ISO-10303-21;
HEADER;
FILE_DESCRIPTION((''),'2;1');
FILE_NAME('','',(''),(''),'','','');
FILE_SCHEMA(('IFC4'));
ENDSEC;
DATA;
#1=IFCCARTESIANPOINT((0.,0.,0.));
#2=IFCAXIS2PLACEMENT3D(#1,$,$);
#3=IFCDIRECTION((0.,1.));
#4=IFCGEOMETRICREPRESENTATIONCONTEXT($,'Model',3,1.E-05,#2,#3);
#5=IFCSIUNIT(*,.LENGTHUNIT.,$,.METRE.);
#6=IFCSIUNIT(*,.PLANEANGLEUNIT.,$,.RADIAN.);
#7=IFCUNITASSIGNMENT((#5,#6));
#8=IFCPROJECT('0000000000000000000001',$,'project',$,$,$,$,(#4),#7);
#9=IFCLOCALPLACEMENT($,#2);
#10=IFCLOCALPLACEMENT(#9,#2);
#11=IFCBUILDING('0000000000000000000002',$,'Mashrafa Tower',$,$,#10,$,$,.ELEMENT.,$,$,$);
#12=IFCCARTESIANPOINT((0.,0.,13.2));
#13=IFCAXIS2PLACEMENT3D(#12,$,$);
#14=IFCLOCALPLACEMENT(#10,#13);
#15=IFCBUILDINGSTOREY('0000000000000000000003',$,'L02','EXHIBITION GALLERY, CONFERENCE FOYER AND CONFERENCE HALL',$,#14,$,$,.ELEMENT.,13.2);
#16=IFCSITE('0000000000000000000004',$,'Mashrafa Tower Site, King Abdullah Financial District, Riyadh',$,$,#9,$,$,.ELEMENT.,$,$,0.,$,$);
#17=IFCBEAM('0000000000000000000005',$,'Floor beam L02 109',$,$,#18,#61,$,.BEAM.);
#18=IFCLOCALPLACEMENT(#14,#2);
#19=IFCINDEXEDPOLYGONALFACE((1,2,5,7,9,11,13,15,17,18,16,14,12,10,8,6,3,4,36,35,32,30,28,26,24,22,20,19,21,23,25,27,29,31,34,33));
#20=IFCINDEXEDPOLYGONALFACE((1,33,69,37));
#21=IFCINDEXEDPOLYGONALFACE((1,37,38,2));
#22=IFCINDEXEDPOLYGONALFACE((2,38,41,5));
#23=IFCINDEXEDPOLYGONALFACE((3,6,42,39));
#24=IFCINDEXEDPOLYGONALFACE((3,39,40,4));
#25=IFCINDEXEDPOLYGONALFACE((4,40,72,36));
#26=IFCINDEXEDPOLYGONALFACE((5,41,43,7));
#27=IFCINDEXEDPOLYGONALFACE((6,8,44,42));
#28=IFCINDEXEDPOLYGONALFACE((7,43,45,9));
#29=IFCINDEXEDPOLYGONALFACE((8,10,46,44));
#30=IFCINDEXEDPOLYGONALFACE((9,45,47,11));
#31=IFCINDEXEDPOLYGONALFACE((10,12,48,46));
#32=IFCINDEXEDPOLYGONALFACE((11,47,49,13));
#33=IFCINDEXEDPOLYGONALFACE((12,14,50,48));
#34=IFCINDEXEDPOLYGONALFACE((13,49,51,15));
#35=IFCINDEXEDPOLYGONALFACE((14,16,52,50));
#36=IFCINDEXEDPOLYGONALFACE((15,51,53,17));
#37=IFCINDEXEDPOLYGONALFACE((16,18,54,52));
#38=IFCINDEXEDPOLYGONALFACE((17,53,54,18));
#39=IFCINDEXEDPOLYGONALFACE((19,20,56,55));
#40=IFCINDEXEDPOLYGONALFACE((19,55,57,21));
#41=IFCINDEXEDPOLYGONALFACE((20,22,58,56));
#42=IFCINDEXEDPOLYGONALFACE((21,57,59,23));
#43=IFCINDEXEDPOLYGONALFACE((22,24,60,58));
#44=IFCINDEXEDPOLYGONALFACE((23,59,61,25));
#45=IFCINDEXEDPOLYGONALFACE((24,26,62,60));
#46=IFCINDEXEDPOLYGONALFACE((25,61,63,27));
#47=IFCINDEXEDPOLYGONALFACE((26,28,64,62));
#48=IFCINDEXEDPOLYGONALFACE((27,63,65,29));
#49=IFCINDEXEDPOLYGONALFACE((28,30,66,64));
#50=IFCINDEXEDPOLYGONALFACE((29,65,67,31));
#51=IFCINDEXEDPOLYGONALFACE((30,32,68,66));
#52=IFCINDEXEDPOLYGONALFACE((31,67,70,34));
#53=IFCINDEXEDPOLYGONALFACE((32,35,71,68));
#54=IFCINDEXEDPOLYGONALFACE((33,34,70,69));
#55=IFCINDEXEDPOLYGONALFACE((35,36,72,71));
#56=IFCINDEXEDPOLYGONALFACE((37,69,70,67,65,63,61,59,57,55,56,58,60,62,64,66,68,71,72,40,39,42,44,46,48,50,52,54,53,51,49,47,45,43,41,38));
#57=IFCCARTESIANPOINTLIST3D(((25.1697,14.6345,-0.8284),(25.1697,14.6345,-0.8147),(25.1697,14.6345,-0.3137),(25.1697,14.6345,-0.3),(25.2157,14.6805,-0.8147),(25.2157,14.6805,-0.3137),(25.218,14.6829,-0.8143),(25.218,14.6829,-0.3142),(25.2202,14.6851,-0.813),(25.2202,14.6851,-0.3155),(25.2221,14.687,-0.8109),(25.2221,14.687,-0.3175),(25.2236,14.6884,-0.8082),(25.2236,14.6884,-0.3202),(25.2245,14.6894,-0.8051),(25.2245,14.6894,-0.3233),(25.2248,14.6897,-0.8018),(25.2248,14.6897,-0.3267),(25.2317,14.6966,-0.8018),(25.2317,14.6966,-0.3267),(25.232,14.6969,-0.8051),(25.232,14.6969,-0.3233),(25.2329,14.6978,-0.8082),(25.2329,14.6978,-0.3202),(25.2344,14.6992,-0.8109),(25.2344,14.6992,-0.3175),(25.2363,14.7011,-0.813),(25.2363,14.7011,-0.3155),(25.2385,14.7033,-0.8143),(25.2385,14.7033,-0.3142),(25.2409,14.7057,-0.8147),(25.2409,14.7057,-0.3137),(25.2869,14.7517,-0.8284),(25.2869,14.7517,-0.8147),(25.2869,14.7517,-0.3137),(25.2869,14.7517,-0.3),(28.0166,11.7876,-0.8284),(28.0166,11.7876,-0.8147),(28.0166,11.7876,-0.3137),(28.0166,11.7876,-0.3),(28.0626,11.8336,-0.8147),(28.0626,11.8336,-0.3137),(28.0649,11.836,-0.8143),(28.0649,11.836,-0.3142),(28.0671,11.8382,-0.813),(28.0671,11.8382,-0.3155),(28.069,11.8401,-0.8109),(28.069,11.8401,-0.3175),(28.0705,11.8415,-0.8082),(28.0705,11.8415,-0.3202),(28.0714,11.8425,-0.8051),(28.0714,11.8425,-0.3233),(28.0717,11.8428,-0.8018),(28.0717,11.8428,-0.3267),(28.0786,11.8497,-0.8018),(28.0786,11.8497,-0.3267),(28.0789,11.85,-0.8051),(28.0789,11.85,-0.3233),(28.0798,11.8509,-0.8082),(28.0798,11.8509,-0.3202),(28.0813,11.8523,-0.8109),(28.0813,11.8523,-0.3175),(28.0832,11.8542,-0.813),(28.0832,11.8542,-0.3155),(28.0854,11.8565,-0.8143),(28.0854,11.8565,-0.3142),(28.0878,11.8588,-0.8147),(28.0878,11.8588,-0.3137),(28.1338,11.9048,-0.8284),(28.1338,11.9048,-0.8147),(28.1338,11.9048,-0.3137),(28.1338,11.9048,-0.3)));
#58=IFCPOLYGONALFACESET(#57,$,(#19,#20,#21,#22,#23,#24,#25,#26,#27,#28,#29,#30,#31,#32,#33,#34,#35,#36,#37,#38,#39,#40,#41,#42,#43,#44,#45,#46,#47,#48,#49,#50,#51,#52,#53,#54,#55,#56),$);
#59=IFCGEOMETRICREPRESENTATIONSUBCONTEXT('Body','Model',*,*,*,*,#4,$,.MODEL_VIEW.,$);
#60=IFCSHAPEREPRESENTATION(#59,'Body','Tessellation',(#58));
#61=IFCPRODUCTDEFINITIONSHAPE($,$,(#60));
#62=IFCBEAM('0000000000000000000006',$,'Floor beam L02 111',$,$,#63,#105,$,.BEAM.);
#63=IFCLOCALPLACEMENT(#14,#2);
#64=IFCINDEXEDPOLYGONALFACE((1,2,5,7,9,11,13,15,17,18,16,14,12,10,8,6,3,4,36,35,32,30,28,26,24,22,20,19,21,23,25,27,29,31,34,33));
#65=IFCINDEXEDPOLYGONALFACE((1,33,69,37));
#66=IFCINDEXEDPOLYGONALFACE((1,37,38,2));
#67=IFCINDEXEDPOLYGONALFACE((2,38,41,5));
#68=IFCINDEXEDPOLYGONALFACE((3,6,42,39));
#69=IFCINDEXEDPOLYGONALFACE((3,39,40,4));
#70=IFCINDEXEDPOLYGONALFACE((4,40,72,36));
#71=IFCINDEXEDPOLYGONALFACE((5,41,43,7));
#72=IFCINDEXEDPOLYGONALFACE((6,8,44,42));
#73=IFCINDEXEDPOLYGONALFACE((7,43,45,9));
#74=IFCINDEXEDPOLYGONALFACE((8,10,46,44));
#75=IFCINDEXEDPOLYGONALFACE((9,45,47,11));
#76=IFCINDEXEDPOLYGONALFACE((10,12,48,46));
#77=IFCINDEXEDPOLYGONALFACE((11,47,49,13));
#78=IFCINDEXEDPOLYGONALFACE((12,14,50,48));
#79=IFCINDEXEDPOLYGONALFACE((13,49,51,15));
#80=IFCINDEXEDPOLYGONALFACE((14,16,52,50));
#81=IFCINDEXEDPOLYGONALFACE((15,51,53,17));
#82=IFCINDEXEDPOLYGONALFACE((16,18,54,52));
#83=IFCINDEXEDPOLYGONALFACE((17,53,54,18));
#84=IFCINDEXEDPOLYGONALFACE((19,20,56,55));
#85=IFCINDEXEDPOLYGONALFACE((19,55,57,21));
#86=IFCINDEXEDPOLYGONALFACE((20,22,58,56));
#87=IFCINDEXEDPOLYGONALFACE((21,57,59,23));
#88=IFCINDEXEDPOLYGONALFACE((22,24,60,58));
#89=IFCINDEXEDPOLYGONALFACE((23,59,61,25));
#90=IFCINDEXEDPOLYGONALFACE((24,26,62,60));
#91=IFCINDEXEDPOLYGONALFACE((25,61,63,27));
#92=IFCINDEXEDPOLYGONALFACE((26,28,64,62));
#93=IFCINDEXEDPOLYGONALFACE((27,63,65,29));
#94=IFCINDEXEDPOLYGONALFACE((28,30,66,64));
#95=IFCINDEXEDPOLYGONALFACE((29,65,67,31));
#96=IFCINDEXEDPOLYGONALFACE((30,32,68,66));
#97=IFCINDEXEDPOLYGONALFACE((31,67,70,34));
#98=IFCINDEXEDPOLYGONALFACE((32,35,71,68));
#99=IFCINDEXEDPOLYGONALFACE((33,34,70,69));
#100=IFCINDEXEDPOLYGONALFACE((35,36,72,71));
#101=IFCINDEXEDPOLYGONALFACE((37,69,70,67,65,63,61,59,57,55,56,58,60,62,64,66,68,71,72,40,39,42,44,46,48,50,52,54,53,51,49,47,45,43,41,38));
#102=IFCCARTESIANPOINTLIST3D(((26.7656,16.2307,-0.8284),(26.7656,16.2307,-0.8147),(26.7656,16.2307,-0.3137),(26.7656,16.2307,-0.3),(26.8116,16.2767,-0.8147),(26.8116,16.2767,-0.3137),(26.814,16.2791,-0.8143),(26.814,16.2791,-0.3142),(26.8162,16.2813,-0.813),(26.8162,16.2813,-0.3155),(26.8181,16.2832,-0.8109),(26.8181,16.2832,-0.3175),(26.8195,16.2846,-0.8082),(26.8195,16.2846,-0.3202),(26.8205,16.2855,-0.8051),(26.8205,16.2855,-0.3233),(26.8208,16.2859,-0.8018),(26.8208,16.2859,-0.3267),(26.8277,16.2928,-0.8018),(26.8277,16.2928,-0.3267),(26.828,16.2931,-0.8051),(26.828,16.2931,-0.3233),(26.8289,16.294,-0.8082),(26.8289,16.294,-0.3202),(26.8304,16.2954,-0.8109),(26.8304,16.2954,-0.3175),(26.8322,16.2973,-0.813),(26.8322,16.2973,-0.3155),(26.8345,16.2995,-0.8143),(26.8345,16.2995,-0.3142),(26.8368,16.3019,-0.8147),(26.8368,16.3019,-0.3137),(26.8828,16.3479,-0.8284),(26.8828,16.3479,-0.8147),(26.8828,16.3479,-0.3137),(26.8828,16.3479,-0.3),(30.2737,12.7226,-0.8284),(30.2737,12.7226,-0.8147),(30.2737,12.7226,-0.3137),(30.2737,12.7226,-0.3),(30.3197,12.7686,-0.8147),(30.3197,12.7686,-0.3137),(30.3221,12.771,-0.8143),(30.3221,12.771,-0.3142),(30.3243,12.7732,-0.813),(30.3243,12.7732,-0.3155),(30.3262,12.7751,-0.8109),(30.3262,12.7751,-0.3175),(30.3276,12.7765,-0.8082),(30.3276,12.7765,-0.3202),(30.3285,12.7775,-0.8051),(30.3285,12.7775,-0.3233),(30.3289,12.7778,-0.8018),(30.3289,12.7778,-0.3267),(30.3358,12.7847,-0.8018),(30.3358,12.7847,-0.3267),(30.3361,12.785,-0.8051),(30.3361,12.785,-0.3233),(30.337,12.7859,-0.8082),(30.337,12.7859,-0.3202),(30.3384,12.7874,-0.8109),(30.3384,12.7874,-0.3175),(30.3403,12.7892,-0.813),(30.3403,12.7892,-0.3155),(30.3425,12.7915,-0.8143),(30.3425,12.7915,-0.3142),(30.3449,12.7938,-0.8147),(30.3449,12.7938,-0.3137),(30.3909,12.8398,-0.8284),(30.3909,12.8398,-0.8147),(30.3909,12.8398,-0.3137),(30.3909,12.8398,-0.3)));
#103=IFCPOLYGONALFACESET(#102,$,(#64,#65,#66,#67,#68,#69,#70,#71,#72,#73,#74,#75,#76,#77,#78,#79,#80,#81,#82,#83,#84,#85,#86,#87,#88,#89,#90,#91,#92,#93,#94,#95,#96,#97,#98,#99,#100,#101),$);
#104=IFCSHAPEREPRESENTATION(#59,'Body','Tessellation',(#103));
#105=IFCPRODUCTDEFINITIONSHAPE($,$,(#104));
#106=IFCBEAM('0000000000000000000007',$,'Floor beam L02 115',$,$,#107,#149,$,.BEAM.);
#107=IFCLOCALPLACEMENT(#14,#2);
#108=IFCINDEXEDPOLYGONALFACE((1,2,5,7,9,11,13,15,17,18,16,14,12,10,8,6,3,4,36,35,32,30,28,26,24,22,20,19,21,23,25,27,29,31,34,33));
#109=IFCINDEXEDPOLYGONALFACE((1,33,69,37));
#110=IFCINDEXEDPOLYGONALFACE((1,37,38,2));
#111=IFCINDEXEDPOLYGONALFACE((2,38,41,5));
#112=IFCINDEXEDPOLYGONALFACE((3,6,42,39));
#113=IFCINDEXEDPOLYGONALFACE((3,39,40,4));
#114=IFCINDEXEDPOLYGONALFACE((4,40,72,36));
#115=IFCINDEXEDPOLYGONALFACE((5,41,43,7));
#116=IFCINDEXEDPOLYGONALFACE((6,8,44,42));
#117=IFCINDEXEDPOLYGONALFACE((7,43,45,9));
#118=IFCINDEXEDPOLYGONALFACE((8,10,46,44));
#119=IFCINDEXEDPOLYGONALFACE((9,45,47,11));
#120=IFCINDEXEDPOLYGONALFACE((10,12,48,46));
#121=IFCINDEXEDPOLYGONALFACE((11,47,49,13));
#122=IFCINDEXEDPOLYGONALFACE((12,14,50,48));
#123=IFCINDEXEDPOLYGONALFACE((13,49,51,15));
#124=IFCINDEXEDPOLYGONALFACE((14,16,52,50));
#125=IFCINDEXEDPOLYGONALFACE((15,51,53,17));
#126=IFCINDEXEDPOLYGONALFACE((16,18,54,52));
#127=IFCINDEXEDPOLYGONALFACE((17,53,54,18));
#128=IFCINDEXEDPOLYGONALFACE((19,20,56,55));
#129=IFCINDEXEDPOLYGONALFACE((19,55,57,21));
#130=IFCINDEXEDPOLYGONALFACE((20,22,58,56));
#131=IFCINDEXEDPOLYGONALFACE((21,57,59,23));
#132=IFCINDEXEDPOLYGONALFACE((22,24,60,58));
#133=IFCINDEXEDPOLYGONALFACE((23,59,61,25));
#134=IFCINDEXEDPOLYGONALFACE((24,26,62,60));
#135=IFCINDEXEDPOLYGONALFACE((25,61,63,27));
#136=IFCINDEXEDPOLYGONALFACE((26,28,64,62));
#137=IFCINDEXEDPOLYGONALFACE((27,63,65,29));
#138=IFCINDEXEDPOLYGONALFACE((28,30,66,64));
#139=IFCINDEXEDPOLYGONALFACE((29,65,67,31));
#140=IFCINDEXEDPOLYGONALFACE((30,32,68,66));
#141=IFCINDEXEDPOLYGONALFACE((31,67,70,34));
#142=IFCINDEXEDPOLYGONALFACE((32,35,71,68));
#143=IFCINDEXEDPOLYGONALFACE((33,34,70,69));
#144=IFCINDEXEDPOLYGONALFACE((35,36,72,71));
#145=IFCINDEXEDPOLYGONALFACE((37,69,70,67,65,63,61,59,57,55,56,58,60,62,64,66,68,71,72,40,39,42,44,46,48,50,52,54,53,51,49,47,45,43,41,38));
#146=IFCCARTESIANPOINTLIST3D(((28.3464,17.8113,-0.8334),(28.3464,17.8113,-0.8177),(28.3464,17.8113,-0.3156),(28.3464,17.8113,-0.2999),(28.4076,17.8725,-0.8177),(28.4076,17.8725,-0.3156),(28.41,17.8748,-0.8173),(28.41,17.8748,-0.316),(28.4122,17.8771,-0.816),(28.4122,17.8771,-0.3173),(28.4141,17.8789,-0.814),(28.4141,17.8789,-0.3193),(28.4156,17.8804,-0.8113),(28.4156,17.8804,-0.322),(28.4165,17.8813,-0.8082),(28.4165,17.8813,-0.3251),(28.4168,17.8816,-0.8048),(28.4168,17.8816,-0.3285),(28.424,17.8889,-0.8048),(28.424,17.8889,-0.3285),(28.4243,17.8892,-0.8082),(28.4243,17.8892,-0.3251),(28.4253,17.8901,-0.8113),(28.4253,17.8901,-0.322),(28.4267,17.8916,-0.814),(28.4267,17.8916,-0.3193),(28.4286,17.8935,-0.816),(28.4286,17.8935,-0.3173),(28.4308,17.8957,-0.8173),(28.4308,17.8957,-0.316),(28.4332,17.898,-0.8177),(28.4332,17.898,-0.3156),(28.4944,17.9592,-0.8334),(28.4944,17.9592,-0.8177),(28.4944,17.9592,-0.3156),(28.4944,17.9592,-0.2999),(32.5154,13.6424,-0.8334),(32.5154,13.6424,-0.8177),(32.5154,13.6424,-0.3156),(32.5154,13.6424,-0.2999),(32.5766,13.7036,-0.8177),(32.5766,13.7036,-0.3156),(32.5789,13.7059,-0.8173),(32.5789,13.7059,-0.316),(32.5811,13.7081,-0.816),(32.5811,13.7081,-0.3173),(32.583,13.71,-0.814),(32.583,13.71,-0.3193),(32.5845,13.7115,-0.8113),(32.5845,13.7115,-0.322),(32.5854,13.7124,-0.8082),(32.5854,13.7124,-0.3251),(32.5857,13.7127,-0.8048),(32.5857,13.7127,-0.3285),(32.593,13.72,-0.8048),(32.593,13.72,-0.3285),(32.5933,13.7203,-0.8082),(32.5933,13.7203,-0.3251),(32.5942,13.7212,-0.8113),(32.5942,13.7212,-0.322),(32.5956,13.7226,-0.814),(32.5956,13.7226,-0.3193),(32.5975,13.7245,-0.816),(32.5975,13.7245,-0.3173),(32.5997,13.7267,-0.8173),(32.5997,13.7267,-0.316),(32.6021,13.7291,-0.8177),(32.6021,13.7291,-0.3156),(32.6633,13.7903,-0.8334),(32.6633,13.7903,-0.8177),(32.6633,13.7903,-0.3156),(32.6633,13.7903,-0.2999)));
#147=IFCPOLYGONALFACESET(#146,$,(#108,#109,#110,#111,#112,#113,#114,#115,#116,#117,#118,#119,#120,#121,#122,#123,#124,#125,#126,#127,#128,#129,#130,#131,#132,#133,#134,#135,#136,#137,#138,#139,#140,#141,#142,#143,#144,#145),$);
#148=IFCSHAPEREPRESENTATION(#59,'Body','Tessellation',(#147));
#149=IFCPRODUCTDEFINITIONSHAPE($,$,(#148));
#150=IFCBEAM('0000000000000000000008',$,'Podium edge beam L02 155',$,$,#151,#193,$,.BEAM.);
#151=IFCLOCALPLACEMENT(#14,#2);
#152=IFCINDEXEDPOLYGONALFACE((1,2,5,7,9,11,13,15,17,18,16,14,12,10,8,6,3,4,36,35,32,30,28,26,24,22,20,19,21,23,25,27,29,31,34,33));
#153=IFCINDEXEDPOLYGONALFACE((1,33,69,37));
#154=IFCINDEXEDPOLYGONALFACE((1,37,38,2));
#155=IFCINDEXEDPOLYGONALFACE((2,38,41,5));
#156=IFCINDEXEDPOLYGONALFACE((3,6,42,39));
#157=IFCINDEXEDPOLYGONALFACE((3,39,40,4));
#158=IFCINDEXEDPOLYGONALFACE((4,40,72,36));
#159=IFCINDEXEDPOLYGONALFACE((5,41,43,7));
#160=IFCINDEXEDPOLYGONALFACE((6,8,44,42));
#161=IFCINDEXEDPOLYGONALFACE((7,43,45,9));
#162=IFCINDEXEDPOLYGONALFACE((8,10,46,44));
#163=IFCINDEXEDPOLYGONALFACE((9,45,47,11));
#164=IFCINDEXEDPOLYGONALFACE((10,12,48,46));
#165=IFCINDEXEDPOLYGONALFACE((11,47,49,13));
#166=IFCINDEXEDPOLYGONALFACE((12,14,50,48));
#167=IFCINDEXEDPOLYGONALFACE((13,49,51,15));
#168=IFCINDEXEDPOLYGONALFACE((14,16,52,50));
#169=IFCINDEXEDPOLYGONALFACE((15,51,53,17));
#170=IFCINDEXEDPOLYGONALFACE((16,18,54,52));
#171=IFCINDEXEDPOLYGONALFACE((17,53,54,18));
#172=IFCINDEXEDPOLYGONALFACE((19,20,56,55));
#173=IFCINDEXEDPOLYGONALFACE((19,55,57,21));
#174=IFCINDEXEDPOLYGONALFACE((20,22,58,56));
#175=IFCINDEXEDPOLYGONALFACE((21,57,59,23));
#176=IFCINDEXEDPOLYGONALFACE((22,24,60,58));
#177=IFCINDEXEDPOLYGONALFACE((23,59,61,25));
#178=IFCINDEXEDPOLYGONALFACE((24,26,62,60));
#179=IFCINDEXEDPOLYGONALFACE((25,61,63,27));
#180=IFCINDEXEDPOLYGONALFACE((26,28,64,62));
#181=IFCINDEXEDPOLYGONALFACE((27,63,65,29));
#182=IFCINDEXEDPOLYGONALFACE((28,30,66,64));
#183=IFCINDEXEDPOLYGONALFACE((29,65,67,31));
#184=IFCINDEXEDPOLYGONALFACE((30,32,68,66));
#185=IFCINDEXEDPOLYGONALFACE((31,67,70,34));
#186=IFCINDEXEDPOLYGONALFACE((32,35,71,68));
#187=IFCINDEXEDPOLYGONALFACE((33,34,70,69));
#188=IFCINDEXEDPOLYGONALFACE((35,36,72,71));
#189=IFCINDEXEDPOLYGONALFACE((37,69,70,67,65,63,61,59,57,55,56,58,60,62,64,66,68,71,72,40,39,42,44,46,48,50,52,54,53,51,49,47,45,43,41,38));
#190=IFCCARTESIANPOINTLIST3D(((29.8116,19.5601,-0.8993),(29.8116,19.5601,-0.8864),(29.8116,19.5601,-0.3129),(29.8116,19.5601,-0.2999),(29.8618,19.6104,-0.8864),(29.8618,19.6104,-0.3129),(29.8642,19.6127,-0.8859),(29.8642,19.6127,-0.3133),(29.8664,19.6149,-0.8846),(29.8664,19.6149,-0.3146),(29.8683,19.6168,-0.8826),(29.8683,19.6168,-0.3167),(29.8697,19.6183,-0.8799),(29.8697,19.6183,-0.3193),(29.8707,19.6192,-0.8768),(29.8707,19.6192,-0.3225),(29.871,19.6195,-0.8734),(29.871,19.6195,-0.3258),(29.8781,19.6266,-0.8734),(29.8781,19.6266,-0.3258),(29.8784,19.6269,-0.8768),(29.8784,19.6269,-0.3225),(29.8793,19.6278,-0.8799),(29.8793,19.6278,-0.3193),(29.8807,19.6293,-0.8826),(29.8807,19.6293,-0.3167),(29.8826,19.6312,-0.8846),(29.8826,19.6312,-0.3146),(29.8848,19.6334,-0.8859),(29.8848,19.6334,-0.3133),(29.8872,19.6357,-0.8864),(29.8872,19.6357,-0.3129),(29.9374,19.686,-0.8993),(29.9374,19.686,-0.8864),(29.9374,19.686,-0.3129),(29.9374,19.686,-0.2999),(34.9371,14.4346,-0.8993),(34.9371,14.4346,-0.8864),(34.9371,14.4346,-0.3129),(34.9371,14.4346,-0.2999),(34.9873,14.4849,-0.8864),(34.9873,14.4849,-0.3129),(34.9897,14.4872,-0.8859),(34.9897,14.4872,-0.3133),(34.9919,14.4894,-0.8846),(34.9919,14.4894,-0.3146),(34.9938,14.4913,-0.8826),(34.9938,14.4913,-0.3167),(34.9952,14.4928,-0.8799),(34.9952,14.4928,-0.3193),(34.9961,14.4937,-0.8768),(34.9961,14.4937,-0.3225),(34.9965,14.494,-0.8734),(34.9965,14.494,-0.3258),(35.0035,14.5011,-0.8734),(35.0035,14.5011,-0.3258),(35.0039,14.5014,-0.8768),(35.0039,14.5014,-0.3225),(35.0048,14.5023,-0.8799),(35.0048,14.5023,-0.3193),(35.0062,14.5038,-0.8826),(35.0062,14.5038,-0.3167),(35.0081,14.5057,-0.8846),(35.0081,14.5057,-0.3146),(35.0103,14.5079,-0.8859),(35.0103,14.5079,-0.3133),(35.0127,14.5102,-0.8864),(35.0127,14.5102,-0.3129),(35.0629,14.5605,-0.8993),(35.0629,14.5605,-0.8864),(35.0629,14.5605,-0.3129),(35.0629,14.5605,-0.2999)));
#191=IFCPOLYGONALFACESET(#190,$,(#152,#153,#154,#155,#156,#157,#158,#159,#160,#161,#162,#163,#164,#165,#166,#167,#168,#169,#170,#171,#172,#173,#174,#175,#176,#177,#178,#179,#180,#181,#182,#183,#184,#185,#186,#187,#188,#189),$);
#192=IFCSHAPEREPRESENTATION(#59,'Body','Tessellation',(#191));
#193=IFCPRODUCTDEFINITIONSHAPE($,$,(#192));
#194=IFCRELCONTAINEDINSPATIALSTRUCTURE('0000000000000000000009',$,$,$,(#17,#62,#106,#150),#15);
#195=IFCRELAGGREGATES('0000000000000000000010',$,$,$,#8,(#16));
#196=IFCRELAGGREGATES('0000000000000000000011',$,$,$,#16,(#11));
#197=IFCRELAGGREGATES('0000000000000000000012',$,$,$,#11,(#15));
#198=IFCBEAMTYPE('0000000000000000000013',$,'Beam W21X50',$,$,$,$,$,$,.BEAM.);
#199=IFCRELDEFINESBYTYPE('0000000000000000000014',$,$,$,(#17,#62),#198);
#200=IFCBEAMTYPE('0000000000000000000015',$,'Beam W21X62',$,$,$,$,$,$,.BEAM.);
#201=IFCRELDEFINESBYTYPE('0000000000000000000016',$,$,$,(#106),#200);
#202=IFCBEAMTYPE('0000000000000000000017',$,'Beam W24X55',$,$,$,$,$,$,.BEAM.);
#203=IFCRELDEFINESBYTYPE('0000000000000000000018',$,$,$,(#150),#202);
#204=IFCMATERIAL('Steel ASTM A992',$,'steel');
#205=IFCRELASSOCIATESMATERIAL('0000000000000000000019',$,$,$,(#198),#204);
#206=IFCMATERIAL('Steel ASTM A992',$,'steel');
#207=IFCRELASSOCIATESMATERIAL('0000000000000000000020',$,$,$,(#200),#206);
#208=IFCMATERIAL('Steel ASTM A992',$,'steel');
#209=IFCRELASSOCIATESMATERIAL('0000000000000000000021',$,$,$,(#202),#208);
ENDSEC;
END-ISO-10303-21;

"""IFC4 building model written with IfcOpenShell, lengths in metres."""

from ifc_helpers import new_model, si_unit, direction, frame, origin, origin_2d, place, context, subcontext, project, spatial, i_section, extrude, material, material_profile, profile_set, type_object, element, save


model = new_model("IFC4")

# Units and contexts
model_context = context("Model", 3, precision=1e-05, world=origin(), true_north=direction((0.0, 1.0)))
body_context = subcontext(model_context, "Body", "Model", "MODEL_VIEW")
ifc_project = project(units=[si_unit("LENGTHUNIT", "METRE"), si_unit("PLANEANGLEUNIT", "RADIAN")], contexts=[model_context])

# Site, building, storey
site_placement = place(None, origin())
site = spatial("IfcSite", under=ifc_project, at=site_placement, Name="Mashrafa Tower Site, King Abdullah Financial District, Riyadh", CompositionType="ELEMENT", RefElevation=0.0)
building_placement = place(site_placement, origin())
building = spatial("IfcBuilding", under=site, at=building_placement, Name="Mashrafa Tower", CompositionType="ELEMENT")
storey_placement = place(building_placement, frame((0.0, 0.0, 13.2)))
storey = spatial("IfcBuildingStorey", under=building, at=storey_placement, Name="L02", Description="EXHIBITION GALLERY, CONFERENCE FOYER AND CONFERENCE HALL", CompositionType="ELEMENT", Elevation=13.2)

# Beams
ifc_material_1 = material(Name="Steel ASTM A992", Category="steel")
ifc_material_profile_1 = material_profile(ifc_material_1, i_section(OverallWidth=0.1658, OverallDepth=0.5283, WebThickness=0.0098, FlangeThickness=0.0137, FilletRadius=0.0129, at=origin_2d()), Name="W21X50")
ifc_profile_set_1 = profile_set([ifc_material_profile_1], Name="Steel ASTM A992")
beam_type_1 = type_object("IfcBeamType", Name="Beam W21X50", PredefinedType="BEAM", material=ifc_profile_set_1)
beam_1_placement = place(storey_placement, frame((25.2283, 14.6931, -0.5642), z_axis=(0.707107, -0.707107, 0.0), x_axis=(0.707107, 0.707107, 0.0)))
element("IfcBeam", 1, at=beam_1_placement, inside=storey, type_object=beam_type_1, Name="Floor beam L02 109", PredefinedType="BEAM", context=body_context, shape_type="SweptSolid", body=[
    extrude(i_section(OverallWidth=0.1658, OverallDepth=0.5283, WebThickness=0.0098, FlangeThickness=0.0137, FilletRadius=0.0129, at=origin_2d()), origin(), (0.0, 0.0, 1.0), 4.0261),
])
beam_2_placement = place(storey_placement, frame((26.8242, 16.2893, -0.5642), z_axis=(0.707107, -0.707107, 0.0), x_axis=(0.707107, 0.707107, 0.0)))
element("IfcBeam", 2, at=beam_2_placement, inside=storey, type_object=beam_type_1, Name="Floor beam L02 111", PredefinedType="BEAM", context=body_context, shape_type="SweptSolid", body=[
    extrude(i_section(OverallWidth=0.1658, OverallDepth=0.5283, WebThickness=0.0098, FlangeThickness=0.0137, FilletRadius=0.0129, at=origin_2d()), origin(), (0.0, 0.0, 1.0), 4.9612),
])
ifc_material_2 = material(Name="Steel ASTM A992", Category="steel")
ifc_material_profile_2 = material_profile(ifc_material_2, i_section(OverallWidth=0.2092, OverallDepth=0.5334, WebThickness=0.0103, FlangeThickness=0.0156, FilletRadius=0.0129, at=origin_2d()), Name="W21X62")
ifc_profile_set_2 = profile_set([ifc_material_profile_2], Name="Steel ASTM A992")
beam_type_2 = type_object("IfcBeamType", Name="Beam W21X62", PredefinedType="BEAM", material=ifc_profile_set_2)
beam_3_placement = place(storey_placement, frame((28.4204, 17.8853, -0.5667), z_axis=(0.707107, -0.707107, 0.0), x_axis=(0.707107, 0.707107, 0.0)))
element("IfcBeam", 3, at=beam_3_placement, inside=storey, type_object=beam_type_2, Name="Floor beam L02 115", PredefinedType="BEAM", context=body_context, shape_type="SweptSolid", body=[
    extrude(i_section(OverallWidth=0.2092, OverallDepth=0.5334, WebThickness=0.0103, FlangeThickness=0.0156, FilletRadius=0.0129, at=origin_2d()), origin(), (0.0, 0.0, 1.0), 5.8958),
])
ifc_material_3 = material(Name="Steel ASTM A992", Category="steel")
ifc_material_profile_3 = material_profile(ifc_material_3, i_section(OverallWidth=0.178, OverallDepth=0.5994, WebThickness=0.01, FlangeThickness=0.0129, FilletRadius=0.0129, at=origin_2d()), Name="W24X55")
ifc_profile_set_3 = profile_set([ifc_material_profile_3], Name="Steel ASTM A992")
beam_type_3 = type_object("IfcBeamType", Name="Beam W24X55", PredefinedType="BEAM", material=ifc_profile_set_3)
beam_4_placement = place(storey_placement, frame((35.0, 14.4976, -0.5996), z_axis=(-0.707107, 0.707107, 0.0), x_axis=(-0.707107, -0.707107, 0.0)))
element("IfcBeam", 4, at=beam_4_placement, inside=storey, type_object=beam_type_3, Name="Podium edge beam L02 155", PredefinedType="BEAM", context=body_context, shape_type="SweptSolid", body=[
    extrude(i_section(OverallWidth=0.178, OverallDepth=0.5994, WebThickness=0.01, FlangeThickness=0.0129, FilletRadius=0.0129, at=origin_2d()), origin(), (0.0, 0.0, 1.0), 7.2485),
])

save(model, "model.ifc")
